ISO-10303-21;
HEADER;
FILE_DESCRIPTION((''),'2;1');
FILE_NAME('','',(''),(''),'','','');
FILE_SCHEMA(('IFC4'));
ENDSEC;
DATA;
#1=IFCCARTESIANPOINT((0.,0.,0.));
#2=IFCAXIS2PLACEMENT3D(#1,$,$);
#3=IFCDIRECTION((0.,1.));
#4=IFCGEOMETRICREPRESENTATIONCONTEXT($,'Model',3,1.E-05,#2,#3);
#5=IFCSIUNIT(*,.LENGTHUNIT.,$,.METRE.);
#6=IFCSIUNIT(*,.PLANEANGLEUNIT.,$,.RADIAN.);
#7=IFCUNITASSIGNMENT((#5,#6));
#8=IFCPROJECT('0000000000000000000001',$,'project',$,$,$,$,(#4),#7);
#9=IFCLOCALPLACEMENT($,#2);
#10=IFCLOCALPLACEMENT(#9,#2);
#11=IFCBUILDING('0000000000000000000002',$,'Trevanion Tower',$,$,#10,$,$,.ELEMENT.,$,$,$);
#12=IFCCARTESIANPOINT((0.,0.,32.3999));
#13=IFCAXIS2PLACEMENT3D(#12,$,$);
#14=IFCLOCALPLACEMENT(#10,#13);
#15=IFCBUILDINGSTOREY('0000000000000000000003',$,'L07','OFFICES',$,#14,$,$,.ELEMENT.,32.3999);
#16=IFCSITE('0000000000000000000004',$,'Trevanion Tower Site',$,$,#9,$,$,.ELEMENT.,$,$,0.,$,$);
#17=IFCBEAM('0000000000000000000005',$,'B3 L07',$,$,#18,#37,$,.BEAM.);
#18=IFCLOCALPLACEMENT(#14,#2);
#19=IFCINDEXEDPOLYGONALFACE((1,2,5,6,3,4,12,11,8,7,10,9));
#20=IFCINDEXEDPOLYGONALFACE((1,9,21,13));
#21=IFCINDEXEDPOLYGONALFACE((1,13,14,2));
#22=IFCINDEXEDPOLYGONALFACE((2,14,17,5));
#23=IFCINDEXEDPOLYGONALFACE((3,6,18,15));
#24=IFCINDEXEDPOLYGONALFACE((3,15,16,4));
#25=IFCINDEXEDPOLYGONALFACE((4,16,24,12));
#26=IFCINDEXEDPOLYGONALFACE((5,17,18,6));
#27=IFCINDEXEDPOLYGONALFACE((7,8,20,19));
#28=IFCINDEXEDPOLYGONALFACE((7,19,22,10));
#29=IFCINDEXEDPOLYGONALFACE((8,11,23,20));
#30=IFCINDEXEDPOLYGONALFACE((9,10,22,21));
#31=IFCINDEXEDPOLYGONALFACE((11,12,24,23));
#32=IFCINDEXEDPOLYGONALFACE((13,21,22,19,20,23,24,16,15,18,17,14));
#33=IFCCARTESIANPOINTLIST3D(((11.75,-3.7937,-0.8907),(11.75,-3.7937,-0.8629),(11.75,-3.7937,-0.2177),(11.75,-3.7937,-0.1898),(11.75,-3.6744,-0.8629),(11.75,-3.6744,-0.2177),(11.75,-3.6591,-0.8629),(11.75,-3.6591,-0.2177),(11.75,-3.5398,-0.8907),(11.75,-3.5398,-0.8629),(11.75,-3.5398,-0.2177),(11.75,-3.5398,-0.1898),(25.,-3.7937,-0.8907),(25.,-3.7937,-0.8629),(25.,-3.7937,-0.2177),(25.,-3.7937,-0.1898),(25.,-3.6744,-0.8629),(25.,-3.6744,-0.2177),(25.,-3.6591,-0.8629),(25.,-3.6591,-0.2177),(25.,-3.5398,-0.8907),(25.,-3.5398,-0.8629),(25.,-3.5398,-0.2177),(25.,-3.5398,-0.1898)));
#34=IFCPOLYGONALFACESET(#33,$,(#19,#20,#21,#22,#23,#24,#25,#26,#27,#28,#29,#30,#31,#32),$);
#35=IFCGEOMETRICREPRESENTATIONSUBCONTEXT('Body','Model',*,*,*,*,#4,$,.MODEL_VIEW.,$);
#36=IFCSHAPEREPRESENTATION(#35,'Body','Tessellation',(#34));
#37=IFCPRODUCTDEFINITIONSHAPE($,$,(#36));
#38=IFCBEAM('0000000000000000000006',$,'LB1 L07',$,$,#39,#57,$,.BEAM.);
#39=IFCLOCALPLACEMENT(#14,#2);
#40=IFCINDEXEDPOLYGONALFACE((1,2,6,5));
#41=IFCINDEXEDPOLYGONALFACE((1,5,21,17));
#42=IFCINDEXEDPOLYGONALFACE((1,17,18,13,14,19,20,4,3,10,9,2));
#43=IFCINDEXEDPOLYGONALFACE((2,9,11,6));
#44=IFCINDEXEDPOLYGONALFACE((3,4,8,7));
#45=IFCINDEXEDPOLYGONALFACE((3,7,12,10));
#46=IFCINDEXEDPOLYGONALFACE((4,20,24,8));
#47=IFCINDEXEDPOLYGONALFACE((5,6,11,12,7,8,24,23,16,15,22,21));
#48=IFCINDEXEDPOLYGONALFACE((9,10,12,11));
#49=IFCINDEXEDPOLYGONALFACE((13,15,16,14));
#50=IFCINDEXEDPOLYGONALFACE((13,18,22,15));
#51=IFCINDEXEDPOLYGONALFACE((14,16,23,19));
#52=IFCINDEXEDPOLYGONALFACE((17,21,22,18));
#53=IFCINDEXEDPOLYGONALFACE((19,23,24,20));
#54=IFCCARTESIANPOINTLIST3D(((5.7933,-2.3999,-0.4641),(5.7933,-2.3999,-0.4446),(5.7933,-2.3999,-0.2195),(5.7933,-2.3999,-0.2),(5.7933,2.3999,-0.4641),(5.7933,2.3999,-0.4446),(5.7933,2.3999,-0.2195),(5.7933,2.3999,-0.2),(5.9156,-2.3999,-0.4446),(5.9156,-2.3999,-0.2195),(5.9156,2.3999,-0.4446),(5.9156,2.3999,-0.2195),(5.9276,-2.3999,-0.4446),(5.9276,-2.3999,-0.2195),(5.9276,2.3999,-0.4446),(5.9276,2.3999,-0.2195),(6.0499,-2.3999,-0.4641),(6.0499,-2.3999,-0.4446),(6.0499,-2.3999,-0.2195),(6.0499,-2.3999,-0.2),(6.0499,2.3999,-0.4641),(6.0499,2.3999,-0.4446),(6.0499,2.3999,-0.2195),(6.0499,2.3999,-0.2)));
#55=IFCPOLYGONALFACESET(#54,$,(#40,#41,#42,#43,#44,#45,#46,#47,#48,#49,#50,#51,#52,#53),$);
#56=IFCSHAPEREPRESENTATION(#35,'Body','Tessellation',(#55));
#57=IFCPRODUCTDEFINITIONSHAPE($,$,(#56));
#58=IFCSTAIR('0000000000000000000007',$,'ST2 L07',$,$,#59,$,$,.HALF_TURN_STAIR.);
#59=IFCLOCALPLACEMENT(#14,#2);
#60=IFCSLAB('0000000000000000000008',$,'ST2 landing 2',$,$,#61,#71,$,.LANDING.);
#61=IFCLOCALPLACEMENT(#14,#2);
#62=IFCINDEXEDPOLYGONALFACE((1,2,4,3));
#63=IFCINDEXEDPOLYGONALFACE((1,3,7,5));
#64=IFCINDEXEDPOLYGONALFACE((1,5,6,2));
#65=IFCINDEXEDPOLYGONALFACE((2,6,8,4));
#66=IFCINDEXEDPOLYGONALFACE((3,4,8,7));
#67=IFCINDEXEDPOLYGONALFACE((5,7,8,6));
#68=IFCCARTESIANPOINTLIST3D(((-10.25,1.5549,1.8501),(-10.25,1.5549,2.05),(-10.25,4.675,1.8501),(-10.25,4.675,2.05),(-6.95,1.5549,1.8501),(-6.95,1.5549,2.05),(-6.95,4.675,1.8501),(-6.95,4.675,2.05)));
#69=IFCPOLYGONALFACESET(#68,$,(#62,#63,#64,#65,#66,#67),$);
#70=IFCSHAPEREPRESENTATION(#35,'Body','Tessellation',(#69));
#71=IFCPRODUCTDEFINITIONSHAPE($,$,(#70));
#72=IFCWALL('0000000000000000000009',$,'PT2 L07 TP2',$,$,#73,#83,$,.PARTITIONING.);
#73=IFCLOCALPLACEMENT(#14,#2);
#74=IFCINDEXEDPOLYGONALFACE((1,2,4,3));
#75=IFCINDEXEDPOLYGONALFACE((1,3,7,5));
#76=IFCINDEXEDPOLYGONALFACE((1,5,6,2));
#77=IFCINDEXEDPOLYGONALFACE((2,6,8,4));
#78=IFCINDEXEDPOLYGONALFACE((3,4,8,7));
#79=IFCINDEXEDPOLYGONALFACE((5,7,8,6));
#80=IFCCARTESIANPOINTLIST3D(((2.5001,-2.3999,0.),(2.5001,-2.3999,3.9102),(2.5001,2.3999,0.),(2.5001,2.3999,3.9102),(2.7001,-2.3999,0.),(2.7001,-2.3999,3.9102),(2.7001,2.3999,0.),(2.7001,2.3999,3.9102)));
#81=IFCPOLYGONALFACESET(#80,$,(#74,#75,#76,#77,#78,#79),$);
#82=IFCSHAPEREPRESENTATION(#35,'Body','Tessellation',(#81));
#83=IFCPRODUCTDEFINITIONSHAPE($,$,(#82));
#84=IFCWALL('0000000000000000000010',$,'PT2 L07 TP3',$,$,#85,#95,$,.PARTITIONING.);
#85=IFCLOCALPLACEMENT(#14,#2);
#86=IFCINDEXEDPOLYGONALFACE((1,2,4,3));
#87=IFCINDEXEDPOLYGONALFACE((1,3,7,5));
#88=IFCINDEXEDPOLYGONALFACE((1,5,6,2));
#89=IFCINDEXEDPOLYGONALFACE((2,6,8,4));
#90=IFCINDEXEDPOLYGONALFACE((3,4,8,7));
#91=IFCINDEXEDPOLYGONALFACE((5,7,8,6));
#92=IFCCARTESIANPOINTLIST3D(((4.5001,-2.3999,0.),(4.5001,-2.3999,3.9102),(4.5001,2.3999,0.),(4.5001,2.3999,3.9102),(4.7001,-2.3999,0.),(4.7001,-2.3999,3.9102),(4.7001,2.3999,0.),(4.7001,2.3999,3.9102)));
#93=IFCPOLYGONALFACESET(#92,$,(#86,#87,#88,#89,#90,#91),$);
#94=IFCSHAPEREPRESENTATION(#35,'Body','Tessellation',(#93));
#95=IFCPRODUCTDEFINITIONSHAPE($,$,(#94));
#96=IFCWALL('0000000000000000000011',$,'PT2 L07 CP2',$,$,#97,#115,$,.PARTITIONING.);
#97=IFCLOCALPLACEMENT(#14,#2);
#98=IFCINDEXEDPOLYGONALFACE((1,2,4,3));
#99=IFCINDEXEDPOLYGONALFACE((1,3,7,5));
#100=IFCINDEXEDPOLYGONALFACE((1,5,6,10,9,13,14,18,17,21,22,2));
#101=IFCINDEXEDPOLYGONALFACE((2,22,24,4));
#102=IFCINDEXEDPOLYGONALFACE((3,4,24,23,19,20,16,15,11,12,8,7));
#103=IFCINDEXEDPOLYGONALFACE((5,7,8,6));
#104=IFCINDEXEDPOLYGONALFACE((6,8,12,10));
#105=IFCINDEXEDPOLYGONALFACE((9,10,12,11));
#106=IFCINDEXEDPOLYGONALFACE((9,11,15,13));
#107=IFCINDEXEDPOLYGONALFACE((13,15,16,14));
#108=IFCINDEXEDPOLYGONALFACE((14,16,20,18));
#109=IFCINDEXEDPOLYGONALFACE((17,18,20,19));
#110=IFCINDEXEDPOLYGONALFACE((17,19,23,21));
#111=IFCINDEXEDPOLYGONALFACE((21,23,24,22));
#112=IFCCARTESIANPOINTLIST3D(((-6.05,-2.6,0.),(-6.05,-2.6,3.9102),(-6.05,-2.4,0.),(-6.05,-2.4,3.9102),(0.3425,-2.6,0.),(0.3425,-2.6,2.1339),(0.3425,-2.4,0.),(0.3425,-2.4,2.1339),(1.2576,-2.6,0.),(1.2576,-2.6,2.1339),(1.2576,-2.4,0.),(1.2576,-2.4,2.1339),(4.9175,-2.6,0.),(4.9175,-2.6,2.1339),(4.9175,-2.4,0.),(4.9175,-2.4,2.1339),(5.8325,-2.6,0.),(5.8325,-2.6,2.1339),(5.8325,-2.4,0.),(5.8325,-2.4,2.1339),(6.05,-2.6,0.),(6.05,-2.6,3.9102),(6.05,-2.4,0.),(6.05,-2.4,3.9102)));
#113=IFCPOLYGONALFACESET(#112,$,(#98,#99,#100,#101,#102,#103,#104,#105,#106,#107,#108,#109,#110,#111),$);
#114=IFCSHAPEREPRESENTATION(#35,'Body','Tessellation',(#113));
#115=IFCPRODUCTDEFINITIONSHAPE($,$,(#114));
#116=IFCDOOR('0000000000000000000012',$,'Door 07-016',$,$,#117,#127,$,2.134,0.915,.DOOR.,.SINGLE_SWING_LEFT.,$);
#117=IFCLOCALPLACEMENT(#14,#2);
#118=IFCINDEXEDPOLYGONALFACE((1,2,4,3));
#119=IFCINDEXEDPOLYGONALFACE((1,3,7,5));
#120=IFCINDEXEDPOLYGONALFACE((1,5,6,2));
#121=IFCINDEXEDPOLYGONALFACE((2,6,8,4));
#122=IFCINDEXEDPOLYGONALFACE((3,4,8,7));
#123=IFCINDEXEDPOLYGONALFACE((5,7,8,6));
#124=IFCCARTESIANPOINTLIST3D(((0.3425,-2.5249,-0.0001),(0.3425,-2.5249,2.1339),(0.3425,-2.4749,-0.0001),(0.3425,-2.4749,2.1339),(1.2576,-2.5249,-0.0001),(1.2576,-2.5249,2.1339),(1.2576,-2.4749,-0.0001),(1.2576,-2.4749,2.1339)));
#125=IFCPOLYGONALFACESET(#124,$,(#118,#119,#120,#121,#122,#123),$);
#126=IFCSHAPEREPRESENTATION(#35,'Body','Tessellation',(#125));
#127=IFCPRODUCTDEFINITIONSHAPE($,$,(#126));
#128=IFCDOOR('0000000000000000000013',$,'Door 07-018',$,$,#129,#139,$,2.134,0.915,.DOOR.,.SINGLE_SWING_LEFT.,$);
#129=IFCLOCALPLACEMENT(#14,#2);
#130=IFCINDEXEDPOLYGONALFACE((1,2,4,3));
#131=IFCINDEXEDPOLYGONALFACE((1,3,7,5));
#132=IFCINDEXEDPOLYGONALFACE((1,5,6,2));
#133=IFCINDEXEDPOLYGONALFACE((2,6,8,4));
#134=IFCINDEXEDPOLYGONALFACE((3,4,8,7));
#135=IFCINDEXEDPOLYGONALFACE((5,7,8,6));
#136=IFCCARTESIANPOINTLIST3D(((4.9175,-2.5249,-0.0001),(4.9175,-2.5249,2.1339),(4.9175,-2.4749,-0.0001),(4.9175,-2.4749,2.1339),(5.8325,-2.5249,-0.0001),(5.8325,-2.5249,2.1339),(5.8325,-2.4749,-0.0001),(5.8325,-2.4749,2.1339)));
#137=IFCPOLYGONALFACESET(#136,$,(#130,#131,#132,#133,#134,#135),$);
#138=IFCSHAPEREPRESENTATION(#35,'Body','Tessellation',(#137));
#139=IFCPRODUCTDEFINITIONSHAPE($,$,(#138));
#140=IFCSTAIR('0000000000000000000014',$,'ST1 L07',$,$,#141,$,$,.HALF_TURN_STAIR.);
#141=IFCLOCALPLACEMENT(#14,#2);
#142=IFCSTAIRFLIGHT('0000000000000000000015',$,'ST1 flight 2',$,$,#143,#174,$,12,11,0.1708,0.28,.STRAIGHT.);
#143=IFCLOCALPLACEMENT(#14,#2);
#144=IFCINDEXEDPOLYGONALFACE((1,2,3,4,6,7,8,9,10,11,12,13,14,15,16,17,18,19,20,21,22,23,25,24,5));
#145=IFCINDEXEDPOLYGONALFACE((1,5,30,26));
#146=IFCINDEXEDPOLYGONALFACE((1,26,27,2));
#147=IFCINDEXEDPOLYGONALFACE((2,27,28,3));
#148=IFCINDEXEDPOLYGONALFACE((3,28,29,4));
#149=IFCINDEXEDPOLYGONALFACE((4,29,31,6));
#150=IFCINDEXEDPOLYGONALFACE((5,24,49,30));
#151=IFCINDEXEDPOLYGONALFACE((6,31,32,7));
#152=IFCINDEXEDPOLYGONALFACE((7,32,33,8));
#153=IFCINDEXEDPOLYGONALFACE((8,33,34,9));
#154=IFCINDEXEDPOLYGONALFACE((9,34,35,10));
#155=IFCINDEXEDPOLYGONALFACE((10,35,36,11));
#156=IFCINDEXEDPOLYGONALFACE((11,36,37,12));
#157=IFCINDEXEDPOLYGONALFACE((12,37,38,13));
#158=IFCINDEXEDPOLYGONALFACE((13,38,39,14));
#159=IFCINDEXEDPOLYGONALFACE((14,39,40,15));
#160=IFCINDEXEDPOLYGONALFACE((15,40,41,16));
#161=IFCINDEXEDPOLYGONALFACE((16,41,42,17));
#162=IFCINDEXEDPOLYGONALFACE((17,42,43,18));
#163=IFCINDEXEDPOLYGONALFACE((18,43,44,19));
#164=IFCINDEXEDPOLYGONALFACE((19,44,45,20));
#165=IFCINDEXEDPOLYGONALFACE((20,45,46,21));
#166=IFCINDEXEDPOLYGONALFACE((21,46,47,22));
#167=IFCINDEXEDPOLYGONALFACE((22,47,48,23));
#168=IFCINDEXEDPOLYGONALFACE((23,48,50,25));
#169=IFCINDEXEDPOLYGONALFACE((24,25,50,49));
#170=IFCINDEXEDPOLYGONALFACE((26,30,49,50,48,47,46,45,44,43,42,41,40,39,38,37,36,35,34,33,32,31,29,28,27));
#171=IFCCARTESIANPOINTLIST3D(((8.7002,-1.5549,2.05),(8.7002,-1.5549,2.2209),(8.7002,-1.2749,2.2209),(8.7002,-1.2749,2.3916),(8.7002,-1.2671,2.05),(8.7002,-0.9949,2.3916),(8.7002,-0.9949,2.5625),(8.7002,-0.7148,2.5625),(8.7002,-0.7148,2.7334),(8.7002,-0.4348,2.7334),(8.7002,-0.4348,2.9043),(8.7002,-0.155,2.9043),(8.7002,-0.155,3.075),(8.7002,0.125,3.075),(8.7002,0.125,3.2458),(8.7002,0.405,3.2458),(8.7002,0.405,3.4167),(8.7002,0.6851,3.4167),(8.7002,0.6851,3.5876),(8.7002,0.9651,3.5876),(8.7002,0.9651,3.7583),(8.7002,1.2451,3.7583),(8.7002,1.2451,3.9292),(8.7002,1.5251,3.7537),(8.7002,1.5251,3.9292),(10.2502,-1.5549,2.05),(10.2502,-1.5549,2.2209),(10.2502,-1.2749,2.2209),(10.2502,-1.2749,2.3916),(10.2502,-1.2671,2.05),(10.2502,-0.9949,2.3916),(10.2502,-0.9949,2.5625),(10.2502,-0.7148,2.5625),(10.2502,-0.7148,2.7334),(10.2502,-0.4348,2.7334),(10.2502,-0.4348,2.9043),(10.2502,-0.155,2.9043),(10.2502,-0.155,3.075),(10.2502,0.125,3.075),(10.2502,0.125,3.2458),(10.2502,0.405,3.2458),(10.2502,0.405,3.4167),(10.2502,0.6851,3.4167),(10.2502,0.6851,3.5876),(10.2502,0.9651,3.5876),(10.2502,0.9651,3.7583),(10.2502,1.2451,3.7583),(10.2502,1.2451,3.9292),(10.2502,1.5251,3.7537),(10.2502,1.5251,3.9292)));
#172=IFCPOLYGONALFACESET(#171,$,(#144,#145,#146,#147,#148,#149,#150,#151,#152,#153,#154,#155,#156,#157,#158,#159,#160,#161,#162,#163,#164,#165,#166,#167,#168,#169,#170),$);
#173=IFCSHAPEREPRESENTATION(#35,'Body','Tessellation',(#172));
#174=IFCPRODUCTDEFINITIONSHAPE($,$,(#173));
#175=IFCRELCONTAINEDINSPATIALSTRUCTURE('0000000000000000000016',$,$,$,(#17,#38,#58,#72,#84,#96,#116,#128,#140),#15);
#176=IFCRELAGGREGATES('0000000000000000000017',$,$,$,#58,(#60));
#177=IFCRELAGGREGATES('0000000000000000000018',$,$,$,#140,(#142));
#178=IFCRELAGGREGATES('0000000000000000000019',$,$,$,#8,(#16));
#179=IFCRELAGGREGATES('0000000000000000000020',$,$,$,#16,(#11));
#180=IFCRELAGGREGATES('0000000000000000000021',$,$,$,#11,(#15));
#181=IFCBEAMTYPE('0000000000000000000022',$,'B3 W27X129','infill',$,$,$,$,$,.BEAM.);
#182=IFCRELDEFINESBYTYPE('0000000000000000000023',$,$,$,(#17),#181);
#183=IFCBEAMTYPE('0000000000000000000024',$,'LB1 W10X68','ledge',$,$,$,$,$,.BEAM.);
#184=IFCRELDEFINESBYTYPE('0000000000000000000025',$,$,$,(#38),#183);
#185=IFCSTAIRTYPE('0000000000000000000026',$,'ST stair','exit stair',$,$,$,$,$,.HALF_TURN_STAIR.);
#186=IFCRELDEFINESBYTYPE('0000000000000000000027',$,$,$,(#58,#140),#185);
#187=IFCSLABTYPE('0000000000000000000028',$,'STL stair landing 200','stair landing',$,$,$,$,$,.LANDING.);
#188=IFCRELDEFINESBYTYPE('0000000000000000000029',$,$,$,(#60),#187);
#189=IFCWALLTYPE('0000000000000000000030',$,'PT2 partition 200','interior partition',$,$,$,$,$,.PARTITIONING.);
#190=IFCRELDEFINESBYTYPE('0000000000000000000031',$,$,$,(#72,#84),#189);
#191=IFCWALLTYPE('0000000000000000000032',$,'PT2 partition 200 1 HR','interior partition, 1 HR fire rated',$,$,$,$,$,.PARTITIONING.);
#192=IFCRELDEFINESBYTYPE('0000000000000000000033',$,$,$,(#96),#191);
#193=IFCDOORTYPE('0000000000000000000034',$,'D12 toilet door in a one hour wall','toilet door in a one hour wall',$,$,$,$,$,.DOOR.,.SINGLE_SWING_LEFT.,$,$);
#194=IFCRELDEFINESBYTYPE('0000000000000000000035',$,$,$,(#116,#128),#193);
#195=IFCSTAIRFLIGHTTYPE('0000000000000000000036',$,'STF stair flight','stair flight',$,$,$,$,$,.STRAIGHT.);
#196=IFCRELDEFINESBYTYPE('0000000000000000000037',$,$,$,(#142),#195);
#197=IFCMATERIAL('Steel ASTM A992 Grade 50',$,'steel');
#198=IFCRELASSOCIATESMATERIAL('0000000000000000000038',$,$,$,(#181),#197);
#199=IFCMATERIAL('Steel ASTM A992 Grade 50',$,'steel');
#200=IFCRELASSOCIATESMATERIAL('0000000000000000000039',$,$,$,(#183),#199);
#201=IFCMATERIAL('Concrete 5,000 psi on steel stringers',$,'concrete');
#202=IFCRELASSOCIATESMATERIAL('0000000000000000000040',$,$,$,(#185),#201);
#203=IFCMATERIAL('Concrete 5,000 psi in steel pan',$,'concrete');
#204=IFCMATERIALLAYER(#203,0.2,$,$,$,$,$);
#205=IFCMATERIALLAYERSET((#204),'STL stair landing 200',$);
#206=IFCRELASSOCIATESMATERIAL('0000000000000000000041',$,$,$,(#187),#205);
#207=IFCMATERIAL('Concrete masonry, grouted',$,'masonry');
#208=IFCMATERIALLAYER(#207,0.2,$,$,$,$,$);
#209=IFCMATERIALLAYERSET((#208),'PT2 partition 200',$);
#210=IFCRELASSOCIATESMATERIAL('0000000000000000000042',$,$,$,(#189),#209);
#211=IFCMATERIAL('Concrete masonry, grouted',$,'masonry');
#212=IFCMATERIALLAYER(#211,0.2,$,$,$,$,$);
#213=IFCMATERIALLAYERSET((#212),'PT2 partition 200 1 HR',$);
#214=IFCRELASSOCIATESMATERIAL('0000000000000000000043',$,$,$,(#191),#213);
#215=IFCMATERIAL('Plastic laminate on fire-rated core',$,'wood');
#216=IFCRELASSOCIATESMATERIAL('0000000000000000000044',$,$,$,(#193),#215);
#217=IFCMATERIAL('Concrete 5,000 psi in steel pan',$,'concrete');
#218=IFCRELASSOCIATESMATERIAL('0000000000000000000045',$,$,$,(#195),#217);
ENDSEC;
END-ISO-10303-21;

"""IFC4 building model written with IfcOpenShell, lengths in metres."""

from ifc_helpers import new_model, si_unit, direction, frame, frame_2d, origin, origin_2d, place, context, subcontext, project, spatial, polyline, rectangle, i_section, outline, extrude, material, layer, layer_set, material_profile, profile_set, type_object, element, fill, aggregate, save


model = new_model("IFC4")

# Units and contexts
model_context = context("Model", 3, precision=1e-05, world=origin(), true_north=direction((0.0, 1.0)))
body_context = subcontext(model_context, "Body", "Model", "MODEL_VIEW")
ifc_project = project(units=[si_unit("LENGTHUNIT", "METRE"), si_unit("PLANEANGLEUNIT", "RADIAN")], contexts=[model_context])

# Site, building, storey
site_placement = place(None, origin())
site = spatial("IfcSite", under=ifc_project, at=site_placement, Name="Trevanion Tower Site", CompositionType="ELEMENT", RefElevation=0.0)
building_placement = place(site_placement, origin())
building = spatial("IfcBuilding", under=site, at=building_placement, Name="Trevanion Tower", CompositionType="ELEMENT")
storey_placement = place(building_placement, frame((0.0, 0.0, 32.3999)))
storey = spatial("IfcBuildingStorey", under=building, at=storey_placement, Name="L07", Description="OFFICES", CompositionType="ELEMENT", Elevation=32.3999)

# Beams
ifc_material_1 = material(Name="Steel ASTM A992 Grade 50", Category="steel")
ifc_material_profile_1 = material_profile(ifc_material_1, i_section(OverallWidth=0.2539, OverallDepth=0.7009, WebThickness=0.0154, FlangeThickness=0.0278, at=origin_2d()), Name="W27X129")
ifc_profile_set_1 = profile_set([ifc_material_profile_1], Name="Steel ASTM A992 Grade 50")
beam_type_1 = type_object("IfcBeamType", Name="B3 W27X129", Description="infill", PredefinedType="BEAM", material=ifc_profile_set_1)
beam_1_placement = place(storey_placement, frame((11.75, -3.6667, -0.5403), z_axis=(1.0, 0.0, 0.0), x_axis=(0.0, 1.0, 0.0)))
element("IfcBeam", 1, at=beam_1_placement, inside=storey, type_object=beam_type_1, Name="B3 L07", PredefinedType="BEAM", context=body_context, shape_type="SweptSolid", body=[
    extrude(i_section(OverallWidth=0.2539, OverallDepth=0.7009, WebThickness=0.0154, FlangeThickness=0.0278, at=origin_2d()), origin(), (0.0, 0.0, 1.0), 13.25),
])
ifc_material_2 = material(Name="Steel ASTM A992 Grade 50", Category="steel")
ifc_material_profile_2 = material_profile(ifc_material_2, i_section(OverallWidth=0.2566, OverallDepth=0.2642, WebThickness=0.012, FlangeThickness=0.0195, at=origin_2d()), Name="W10X68")
ifc_profile_set_2 = profile_set([ifc_material_profile_2], Name="Steel ASTM A992 Grade 50")
beam_type_2 = type_object("IfcBeamType", Name="LB1 W10X68", Description="ledge", PredefinedType="BEAM", material=ifc_profile_set_2)
beam_2_placement = place(storey_placement, frame((5.9216, -2.3999, -0.332), z_axis=(0.0, 1.0, 0.0), x_axis=(-1.0, 0.0, 0.0)))
element("IfcBeam", 2, at=beam_2_placement, inside=storey, type_object=beam_type_2, Name="LB1 L07", PredefinedType="BEAM", context=body_context, shape_type="SweptSolid", body=[
    extrude(i_section(OverallWidth=0.2566, OverallDepth=0.2642, WebThickness=0.012, FlangeThickness=0.0195, at=origin_2d()), origin(), (0.0, 0.0, 1.0), 4.7998),
])

# Stair, slab
ifc_material_3 = material(Name="Concrete 5,000 psi on steel stringers", Category="concrete")
stair_type = type_object("IfcStairType", Name="ST stair", Description="exit stair", PredefinedType="HALF_TURN_STAIR", material=ifc_material_3)
stair_1_placement = place(storey_placement, origin())
stair_1 = element("IfcStair", 3, at=stair_1_placement, inside=storey, type_object=stair_type, Name="ST2 L07", PredefinedType="HALF_TURN_STAIR")
ifc_material_4 = material(Name="Concrete 5,000 psi in steel pan", Category="concrete")
ifc_layer_1 = layer(ifc_material_4, 0.2)
ifc_layer_set_1 = layer_set([ifc_layer_1], Name="STL stair landing 200")
slab_type = type_object("IfcSlabType", Name="STL stair landing 200", Description="stair landing", PredefinedType="LANDING", material=ifc_layer_set_1)
slab_placement = place(storey_placement, frame((0.0, 0.0, 1.8501)))
slab = element("IfcSlab", 4, at=slab_placement, type_object=slab_type, Name="ST2 landing 2", PredefinedType="LANDING", context=body_context, shape_type="SweptSolid", body=[
    extrude(outline(polyline([(-6.95, 4.675), (-10.25, 4.675), (-10.25, 1.5549), (-6.95, 1.5549), (-6.95, 4.675)])), origin(), (0.0, 0.0, 1.0), 0.2),
])
aggregate(stair_1, [slab])

# Walls
ifc_material_5 = material(Name="Concrete masonry, grouted", Category="masonry")
ifc_layer_2 = layer(ifc_material_5, 0.2)
ifc_layer_set_2 = layer_set([ifc_layer_2], Name="PT2 partition 200")
wall_type_1 = type_object("IfcWallType", Name="PT2 partition 200", Description="interior partition", PredefinedType="PARTITIONING", material=ifc_layer_set_2)
for number, where, z_axis, x_axis, name in (
    (5, (2.6001, -2.3999, 0.0), (0.0, 0.0, 1.0), (0.0, 1.0, 0.0), "PT2 L07 TP2"),
    (6, (4.6001, -2.3999, 0.0), (0.0, 0.0, 1.0), (0.0, 1.0, 0.0), "PT2 L07 TP3"),
):
    element("IfcWall", number, at=place(storey_placement, frame(where, z_axis=z_axis, x_axis=x_axis)), inside=storey, type_object=wall_type_1, Name=name, PredefinedType="PARTITIONING", context=body_context, shape_type="SweptSolid", body=[
        extrude(rectangle(XDim=4.7998, YDim=0.2, at=frame_2d((2.3999, 0.0))), origin(), (0.0, 0.0, 1.0), 3.9102),
    ])

# Wall, openings, doors
ifc_material_6 = material(Name="Concrete masonry, grouted", Category="masonry")
ifc_layer_3 = layer(ifc_material_6, 0.2)
ifc_layer_set_3 = layer_set([ifc_layer_3], Name="PT2 partition 200 1 HR")
wall_type_2 = type_object("IfcWallType", Name="PT2 partition 200 1 HR", Description="interior partition, 1 HR fire rated", PredefinedType="PARTITIONING", material=ifc_layer_set_3)
wall_placement = place(storey_placement, frame((6.05, -2.5, 0.0), z_axis=(0.0, 0.0, 1.0), x_axis=(-1.0, 0.0, 0.0)))
wall = element("IfcWall", 7, at=wall_placement, inside=storey, type_object=wall_type_2, Name="PT2 L07 CP2", PredefinedType="PARTITIONING", context=body_context, shape_type="SweptSolid", body=[
    extrude(rectangle(XDim=12.1001, YDim=0.2, at=frame_2d((6.05, 0.0))), origin(), (0.0, 0.0, 1.0), 3.9102),
])
opening_1_placement = place(wall_placement, frame((4.7925, 0.0, 0.0)))
opening_1 = element("IfcOpeningElement", 8, at=opening_1_placement, cuts=wall, PredefinedType="OPENING", context=body_context, shape_type="SweptSolid", body=[
    extrude(rectangle(XDim=0.915, YDim=2.134, at=frame_2d((0.4575, 1.0669))), frame((0.0, 0.1099, 0.0), z_axis=(0.0, -1.0, 0.0), x_axis=(1.0, 0.0, 0.0)), (0.0, 0.0, 1.0), 0.22),
])
opening_2_placement = place(wall_placement, frame((0.2175, 0.0, 0.0)))
opening_2 = element("IfcOpeningElement", 9, at=opening_2_placement, cuts=wall, PredefinedType="OPENING", context=body_context, shape_type="SweptSolid", body=[
    extrude(rectangle(XDim=0.915, YDim=2.134, at=frame_2d((0.4575, 1.0669))), frame((0.0, 0.1099, 0.0), z_axis=(0.0, -1.0, 0.0), x_axis=(1.0, 0.0, 0.0)), (0.0, 0.0, 1.0), 0.22),
])
ifc_material_7 = material(Name="Plastic laminate on fire-rated core", Category="wood")
door_type = type_object("IfcDoorType", Name="D12 toilet door in a one hour wall", Description="toilet door in a one hour wall", OperationType="SINGLE_SWING_LEFT", PredefinedType="DOOR", material=ifc_material_7)
door_1_placement = place(opening_1_placement, origin())
door_1 = element("IfcDoor", 10, at=door_1_placement, inside=storey, type_object=door_type, Name="Door 07-016", OperationType="SINGLE_SWING_LEFT", OverallHeight=2.134, OverallWidth=0.915, PredefinedType="DOOR", context=body_context, shape_type="SweptSolid", body=[
    extrude(rectangle(XDim=0.915, YDim=2.134, at=frame_2d((0.4575, 1.0669))), frame((0.0, 0.0249, 0.0), z_axis=(0.0, -1.0, 0.0), x_axis=(1.0, 0.0, 0.0)), (0.0, 0.0, 1.0), 0.05),
])
fill(opening_1, door_1)
door_2_placement = place(opening_2_placement, origin())
door_2 = element("IfcDoor", 11, at=door_2_placement, inside=storey, type_object=door_type, Name="Door 07-018", OperationType="SINGLE_SWING_LEFT", OverallHeight=2.134, OverallWidth=0.915, PredefinedType="DOOR", context=body_context, shape_type="SweptSolid", body=[
    extrude(rectangle(XDim=0.915, YDim=2.134, at=frame_2d((0.4575, 1.0669))), frame((0.0, 0.0249, 0.0), z_axis=(0.0, -1.0, 0.0), x_axis=(1.0, 0.0, 0.0)), (0.0, 0.0, 1.0), 0.05),
])
fill(opening_2, door_2)

# Stair, stair flight
stair_2_placement = place(storey_placement, origin())
stair_2 = element("IfcStair", 12, at=stair_2_placement, inside=storey, type_object=stair_type, Name="ST1 L07", PredefinedType="HALF_TURN_STAIR")
ifc_material_8 = material(Name="Concrete 5,000 psi in steel pan", Category="concrete")
stair_flight_type = type_object("IfcStairFlightType", Name="STF stair flight", Description="stair flight", PredefinedType="STRAIGHT", material=ifc_material_8)
stair_flight_placement = place(storey_placement, frame((9.4751, -1.5549, 2.05), z_axis=(0.0, 0.0, 1.0), x_axis=(0.0, 1.0, 0.0)))
stair_flight = element("IfcStairFlight", 13, at=stair_flight_placement, type_object=stair_flight_type, Name="ST1 flight 2", NumberOfRisers=12, NumberOfTreads=11, PredefinedType="STRAIGHT", RiserHeight=0.1708, TreadLength=0.28, context=body_context, shape_type="SweptSolid", body=[
    extrude(outline(polyline([(0.0, 0.0), (0.0, 0.1709), (0.28, 0.1709), (0.28, 0.3416), (0.5601, 0.3416), (0.5601, 0.5125), (0.8401, 0.5125), (0.8401, 0.6833), (1.1201, 0.6833), (1.1201, 0.8542), (1.3999, 0.8542), (1.3999, 1.0249), (1.6799, 1.0249), (1.6799, 1.1958), (1.96, 1.1958), (1.96, 1.3667), (2.24, 1.3667), (2.24, 1.5376), (2.52, 1.5376), (2.52, 1.7083), (2.8, 1.7083), (2.8, 1.8792), (3.0801, 1.8792), (3.0801, 2.05), (3.0801, 1.7036), (0.2878, 0.0), (0.0, 0.0)])), frame((0.0, 0.7749, 0.0), z_axis=(0.0, -1.0, 0.0), x_axis=(1.0, 0.0, 0.0)), (0.0, 0.0, 1.0), 1.55),
])
aggregate(stair_2, [stair_flight])

save(model, "model.ifc")
